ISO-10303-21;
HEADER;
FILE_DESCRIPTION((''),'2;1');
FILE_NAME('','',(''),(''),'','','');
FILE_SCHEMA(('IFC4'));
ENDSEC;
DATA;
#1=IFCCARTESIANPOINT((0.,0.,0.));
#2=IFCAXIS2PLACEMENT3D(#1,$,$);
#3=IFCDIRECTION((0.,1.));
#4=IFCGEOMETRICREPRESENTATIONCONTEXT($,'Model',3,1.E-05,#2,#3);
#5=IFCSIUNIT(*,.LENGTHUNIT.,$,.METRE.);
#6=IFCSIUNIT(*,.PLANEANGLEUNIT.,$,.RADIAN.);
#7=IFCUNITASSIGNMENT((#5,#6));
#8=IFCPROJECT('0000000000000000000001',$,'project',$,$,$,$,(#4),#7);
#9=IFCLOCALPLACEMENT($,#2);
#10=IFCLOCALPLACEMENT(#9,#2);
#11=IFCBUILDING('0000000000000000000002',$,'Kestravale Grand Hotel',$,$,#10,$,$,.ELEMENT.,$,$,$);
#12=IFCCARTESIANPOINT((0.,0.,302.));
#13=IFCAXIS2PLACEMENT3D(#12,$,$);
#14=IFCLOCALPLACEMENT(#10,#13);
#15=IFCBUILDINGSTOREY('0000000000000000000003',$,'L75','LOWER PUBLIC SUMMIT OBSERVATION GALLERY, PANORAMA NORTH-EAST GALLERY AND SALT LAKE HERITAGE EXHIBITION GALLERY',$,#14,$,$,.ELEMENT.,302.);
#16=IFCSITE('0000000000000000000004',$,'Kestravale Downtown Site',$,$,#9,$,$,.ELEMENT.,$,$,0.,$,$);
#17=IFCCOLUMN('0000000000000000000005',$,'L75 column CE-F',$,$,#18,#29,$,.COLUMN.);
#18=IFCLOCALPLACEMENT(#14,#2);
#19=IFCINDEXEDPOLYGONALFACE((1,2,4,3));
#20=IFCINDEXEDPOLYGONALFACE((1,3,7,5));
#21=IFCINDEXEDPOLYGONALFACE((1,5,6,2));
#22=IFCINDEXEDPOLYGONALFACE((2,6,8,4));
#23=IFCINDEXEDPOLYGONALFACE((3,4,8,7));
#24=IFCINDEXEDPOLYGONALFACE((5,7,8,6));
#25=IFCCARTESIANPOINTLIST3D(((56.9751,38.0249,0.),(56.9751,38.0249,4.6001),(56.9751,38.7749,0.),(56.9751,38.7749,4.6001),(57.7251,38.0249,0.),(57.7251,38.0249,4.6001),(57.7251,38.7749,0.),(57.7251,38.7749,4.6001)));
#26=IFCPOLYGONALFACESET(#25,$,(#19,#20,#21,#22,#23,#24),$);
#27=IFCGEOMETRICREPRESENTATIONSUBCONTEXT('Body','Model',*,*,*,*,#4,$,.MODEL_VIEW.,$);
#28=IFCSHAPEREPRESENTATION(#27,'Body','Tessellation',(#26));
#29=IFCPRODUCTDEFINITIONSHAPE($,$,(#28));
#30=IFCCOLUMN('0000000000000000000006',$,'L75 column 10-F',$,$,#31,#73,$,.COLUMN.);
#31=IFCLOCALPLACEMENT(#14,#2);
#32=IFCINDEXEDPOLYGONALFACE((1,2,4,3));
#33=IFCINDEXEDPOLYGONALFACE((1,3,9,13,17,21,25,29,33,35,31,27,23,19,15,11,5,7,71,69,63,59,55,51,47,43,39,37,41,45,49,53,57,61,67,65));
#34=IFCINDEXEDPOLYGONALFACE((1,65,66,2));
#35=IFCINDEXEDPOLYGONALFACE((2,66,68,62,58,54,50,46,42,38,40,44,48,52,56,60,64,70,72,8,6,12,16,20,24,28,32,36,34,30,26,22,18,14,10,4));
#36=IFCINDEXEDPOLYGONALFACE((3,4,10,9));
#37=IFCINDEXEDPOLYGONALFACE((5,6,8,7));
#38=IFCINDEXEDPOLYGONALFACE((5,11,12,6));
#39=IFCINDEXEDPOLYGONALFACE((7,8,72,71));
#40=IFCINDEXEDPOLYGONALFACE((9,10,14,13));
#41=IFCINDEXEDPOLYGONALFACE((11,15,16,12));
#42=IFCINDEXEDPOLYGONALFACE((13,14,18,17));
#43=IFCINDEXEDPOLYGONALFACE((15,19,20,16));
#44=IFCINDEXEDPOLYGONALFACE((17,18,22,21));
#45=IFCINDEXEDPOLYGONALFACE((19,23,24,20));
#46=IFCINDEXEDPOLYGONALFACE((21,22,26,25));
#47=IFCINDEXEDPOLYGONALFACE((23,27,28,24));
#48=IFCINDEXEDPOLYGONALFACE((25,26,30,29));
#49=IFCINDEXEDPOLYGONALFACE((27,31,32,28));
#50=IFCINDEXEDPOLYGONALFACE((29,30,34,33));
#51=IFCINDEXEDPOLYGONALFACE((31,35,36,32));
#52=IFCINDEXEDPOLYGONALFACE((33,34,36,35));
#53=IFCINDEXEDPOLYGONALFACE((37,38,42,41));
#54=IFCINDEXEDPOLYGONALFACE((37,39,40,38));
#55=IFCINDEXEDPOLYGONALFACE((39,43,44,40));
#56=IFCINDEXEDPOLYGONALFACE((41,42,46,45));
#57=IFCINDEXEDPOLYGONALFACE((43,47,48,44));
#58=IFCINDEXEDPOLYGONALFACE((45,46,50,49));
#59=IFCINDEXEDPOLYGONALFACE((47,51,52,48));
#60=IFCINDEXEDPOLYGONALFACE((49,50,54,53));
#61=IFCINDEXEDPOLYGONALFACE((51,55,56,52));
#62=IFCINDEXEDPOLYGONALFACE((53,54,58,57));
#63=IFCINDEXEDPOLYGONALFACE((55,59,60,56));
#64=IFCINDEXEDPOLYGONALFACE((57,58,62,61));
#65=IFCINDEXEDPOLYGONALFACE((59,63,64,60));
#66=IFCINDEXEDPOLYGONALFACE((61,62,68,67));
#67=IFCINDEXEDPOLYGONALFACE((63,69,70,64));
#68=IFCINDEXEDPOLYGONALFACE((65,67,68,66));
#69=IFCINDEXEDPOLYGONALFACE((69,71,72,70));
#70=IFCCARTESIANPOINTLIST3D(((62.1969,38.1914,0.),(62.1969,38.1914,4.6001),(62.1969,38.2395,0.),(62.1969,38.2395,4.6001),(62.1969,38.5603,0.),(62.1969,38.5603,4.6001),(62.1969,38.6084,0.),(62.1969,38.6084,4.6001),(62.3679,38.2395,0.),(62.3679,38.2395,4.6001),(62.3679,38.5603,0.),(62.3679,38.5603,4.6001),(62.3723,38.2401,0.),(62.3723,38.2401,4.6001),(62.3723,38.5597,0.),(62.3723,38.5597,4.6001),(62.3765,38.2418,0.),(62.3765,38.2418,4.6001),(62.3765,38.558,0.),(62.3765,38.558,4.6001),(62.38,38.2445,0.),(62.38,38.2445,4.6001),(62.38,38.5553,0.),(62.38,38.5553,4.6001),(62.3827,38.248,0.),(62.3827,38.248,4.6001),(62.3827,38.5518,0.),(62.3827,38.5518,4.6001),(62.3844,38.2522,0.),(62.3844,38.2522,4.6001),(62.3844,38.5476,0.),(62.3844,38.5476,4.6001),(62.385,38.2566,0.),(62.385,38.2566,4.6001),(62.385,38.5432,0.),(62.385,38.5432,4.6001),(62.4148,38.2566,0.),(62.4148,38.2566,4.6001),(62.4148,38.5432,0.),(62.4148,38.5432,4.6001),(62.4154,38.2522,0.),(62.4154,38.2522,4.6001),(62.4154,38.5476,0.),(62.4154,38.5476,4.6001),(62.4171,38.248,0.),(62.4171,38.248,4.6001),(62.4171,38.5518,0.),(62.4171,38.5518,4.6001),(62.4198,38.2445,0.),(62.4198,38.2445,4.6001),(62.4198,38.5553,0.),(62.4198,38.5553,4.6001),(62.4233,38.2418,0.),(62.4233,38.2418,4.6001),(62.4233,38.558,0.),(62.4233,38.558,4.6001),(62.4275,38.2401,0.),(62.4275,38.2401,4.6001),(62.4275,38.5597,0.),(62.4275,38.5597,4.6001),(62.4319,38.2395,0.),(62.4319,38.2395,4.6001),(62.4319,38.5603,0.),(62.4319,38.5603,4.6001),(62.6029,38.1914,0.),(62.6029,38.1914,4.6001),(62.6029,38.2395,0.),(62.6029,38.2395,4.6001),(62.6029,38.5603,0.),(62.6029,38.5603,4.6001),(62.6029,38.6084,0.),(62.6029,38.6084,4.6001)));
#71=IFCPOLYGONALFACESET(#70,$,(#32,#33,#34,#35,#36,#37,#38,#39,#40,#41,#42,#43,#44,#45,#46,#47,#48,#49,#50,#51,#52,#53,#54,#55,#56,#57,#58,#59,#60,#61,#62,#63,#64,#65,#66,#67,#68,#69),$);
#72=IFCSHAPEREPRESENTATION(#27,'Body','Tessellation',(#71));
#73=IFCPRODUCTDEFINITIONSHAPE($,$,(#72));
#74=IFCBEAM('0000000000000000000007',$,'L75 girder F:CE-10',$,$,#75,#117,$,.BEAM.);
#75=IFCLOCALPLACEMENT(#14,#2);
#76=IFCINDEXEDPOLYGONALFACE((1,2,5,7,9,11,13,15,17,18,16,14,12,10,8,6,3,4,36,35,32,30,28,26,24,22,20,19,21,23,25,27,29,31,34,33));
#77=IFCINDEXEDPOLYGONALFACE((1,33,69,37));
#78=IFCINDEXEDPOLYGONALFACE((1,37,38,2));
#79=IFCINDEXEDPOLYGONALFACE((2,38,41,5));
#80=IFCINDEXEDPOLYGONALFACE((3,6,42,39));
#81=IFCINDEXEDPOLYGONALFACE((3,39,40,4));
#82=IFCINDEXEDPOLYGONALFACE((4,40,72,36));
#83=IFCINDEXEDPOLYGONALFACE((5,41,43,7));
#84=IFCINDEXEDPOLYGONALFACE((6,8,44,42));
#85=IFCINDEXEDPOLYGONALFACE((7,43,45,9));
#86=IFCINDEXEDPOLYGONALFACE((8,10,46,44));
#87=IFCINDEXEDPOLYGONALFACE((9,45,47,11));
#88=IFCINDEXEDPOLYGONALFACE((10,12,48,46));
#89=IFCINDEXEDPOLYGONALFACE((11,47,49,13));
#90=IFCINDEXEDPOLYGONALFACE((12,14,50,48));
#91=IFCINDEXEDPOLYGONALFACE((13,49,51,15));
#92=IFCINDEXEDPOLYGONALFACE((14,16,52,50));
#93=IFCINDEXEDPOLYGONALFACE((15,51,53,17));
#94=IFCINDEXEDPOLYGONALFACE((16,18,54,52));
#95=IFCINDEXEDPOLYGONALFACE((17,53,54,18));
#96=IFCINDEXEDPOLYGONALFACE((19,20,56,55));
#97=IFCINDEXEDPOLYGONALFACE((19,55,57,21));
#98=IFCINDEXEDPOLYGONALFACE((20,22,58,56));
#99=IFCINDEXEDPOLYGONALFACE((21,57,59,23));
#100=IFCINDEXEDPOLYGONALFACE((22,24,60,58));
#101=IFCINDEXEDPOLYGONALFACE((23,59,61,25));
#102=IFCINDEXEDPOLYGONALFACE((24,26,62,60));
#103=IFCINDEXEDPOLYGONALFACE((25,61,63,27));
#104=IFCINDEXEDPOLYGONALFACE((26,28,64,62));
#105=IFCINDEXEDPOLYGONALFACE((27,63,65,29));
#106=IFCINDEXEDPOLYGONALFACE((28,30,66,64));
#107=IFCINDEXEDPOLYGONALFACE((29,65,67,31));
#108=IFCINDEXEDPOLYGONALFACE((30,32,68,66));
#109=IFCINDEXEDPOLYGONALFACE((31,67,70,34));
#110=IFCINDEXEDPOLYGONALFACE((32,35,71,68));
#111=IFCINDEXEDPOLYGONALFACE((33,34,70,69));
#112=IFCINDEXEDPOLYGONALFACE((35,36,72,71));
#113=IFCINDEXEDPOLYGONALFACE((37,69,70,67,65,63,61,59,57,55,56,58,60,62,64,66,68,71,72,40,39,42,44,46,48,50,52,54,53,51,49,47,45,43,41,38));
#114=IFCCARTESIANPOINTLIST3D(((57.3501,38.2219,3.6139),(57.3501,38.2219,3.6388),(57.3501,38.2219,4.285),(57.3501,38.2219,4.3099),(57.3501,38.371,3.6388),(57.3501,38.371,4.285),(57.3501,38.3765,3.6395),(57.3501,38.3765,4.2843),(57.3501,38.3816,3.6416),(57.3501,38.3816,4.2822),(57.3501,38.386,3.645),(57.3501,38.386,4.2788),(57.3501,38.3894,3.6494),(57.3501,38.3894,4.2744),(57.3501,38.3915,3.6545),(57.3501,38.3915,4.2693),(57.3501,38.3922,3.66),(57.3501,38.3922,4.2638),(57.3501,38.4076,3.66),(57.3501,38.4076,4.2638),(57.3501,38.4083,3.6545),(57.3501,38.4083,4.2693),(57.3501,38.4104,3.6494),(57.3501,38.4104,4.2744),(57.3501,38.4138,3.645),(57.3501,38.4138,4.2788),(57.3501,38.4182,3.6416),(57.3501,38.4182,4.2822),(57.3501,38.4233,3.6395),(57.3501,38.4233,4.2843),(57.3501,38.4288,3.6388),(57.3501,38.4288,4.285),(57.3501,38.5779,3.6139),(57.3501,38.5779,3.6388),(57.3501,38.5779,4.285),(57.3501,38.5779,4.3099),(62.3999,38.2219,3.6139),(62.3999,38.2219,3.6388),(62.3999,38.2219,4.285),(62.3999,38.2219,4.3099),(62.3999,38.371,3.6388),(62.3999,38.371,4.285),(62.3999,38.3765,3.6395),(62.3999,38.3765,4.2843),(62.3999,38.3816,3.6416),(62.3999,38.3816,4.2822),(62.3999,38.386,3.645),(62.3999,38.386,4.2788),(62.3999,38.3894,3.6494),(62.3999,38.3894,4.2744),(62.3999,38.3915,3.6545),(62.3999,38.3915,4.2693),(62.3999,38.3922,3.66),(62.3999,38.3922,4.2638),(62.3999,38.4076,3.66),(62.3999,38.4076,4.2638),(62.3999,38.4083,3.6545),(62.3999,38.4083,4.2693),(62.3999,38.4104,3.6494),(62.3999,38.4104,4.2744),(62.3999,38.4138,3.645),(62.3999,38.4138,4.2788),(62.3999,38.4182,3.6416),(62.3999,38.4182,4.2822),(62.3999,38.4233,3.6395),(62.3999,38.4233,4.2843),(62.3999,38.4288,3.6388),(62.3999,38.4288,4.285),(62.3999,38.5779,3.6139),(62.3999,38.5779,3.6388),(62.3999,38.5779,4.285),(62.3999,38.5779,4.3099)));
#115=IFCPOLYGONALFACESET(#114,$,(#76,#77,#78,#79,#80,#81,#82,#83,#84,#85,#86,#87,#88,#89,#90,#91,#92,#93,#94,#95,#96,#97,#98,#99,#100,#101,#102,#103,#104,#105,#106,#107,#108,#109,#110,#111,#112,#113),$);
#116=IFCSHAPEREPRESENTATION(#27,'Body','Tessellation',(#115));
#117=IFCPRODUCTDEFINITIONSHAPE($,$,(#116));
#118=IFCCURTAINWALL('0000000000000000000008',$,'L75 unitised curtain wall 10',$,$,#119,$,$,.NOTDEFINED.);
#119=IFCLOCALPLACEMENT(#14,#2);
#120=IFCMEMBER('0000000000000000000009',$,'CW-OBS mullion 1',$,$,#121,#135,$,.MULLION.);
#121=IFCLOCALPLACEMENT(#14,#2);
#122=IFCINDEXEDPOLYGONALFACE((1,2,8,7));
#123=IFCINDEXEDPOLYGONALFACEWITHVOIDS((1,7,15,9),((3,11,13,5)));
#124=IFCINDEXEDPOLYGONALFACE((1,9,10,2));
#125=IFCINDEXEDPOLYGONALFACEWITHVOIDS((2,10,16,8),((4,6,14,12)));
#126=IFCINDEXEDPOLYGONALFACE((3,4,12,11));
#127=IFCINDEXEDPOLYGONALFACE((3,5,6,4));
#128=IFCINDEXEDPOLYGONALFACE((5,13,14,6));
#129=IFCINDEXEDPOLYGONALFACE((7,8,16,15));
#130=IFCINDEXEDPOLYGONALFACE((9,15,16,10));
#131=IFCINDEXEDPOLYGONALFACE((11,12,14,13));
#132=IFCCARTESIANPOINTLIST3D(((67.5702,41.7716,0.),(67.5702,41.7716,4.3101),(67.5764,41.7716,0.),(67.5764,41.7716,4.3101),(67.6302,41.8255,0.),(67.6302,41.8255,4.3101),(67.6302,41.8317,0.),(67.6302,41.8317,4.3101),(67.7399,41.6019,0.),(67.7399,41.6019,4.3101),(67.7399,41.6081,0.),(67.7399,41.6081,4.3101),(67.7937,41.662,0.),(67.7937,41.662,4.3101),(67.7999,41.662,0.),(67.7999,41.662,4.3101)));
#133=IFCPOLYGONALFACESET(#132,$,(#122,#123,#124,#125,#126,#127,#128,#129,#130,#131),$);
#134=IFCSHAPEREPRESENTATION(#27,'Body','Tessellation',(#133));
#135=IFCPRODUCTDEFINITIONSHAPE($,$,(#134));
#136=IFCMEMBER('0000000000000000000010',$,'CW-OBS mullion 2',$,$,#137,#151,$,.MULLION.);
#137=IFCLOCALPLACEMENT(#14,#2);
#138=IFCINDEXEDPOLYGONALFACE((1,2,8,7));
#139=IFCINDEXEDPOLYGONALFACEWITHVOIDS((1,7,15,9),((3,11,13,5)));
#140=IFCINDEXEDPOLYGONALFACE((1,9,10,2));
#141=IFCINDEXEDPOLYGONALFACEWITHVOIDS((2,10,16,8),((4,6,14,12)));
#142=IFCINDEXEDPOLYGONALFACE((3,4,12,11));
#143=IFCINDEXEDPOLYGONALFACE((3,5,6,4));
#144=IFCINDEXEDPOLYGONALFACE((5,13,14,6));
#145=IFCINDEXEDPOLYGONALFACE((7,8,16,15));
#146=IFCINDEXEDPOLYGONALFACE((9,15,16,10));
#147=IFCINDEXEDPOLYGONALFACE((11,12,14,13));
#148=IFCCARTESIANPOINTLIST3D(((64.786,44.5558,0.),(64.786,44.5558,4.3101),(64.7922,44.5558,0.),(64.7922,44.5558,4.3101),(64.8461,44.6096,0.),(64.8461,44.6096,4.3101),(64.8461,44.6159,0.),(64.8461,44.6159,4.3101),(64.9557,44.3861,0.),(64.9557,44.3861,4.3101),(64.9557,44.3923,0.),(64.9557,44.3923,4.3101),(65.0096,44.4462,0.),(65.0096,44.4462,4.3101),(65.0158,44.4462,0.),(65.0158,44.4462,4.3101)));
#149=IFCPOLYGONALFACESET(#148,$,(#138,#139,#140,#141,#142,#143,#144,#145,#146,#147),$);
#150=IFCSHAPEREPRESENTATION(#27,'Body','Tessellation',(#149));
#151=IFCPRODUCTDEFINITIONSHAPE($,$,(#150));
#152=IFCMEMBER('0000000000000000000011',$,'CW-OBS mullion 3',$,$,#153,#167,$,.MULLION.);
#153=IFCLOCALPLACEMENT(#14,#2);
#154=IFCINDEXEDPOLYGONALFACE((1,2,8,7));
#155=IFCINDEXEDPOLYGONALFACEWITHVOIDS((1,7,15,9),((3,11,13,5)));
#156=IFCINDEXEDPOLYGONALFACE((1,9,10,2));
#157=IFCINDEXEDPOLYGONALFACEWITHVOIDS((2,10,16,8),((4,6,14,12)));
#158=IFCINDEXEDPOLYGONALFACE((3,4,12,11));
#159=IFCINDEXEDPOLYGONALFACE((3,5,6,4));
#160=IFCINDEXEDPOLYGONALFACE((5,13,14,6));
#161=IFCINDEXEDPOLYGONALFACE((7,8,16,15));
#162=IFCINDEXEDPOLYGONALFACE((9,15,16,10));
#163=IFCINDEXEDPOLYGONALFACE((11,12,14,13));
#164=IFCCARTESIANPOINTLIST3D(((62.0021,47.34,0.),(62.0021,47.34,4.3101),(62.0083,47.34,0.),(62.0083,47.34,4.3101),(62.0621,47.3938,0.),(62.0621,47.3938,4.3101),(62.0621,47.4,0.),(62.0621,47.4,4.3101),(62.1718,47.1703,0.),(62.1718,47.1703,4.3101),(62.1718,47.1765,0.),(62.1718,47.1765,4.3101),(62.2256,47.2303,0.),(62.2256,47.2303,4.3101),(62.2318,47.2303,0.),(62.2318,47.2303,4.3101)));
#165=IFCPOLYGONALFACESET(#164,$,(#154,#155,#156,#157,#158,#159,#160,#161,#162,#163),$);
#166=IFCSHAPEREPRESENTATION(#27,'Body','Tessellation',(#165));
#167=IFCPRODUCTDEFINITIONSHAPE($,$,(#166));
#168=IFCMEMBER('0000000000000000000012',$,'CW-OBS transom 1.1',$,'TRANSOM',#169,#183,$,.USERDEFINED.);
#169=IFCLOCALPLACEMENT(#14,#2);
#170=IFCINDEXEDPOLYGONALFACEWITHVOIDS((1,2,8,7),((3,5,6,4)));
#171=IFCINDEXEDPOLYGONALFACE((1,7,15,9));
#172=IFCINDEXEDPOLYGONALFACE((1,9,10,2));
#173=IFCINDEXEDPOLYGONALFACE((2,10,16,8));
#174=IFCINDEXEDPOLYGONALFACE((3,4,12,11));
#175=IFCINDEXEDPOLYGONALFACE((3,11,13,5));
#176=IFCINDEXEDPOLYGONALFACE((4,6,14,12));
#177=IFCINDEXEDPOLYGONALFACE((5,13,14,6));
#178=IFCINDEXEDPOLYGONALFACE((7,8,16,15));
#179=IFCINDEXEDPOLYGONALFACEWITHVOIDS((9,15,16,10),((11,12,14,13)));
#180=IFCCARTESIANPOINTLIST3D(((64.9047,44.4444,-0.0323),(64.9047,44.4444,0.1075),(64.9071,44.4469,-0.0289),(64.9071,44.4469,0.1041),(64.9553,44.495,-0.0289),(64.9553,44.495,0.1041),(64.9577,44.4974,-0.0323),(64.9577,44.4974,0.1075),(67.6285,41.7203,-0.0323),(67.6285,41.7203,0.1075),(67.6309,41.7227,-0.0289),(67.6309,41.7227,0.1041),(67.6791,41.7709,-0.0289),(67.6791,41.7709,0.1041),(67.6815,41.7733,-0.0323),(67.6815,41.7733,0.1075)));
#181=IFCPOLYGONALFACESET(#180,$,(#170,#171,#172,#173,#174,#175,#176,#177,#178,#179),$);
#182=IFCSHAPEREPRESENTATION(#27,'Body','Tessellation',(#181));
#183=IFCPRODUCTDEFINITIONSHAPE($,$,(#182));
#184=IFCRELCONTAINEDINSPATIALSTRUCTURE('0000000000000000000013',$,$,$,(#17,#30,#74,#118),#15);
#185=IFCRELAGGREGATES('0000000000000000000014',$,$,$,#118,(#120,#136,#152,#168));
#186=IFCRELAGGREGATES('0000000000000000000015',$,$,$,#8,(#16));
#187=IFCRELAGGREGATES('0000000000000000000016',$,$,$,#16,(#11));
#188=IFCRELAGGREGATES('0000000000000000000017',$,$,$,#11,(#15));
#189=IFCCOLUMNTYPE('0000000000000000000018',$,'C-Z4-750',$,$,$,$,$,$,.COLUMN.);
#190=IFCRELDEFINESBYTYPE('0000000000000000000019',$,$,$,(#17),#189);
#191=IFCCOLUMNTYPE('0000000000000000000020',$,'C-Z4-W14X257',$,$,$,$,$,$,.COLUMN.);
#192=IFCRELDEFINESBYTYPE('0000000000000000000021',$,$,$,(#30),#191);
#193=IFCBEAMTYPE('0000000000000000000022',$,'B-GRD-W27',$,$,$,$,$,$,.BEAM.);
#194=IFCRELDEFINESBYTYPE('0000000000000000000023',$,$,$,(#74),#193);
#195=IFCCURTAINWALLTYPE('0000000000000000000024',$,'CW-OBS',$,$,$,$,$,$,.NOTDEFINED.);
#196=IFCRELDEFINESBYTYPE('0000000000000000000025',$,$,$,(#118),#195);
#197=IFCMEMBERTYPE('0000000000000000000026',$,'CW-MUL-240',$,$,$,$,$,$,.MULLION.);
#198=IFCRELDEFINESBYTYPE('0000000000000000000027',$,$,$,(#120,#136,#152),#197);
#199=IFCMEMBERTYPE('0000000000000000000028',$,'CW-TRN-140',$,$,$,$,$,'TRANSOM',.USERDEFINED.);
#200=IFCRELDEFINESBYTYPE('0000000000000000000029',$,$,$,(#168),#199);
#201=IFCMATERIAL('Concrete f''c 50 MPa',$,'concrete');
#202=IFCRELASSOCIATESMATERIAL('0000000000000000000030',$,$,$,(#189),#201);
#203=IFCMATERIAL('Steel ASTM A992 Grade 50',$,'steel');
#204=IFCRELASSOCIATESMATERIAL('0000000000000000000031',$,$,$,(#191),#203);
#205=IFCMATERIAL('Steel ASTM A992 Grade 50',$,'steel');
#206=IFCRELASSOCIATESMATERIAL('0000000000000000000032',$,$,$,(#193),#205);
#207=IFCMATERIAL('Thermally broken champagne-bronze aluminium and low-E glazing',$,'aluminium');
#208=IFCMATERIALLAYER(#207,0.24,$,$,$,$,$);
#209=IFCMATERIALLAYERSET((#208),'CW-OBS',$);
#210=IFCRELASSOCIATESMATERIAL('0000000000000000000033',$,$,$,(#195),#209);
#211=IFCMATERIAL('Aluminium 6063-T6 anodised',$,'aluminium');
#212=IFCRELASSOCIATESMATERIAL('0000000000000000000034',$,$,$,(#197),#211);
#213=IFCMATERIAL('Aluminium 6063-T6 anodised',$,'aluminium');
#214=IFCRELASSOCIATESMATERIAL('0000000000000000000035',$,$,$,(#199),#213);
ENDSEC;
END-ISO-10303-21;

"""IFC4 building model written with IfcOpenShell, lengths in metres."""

from ifc_helpers import new_model, si_unit, direction, frame, origin, origin_2d, place, context, subcontext, project, spatial, rectangle, hollow_rectangle, i_section, extrude, material, layer, layer_set, material_profile, profile_set, type_object, element, aggregate, save


model = new_model("IFC4")

# Units and contexts
model_context = context("Model", 3, precision=1e-05, world=origin(), true_north=direction((0.0, 1.0)))
body_context = subcontext(model_context, "Body", "Model", "MODEL_VIEW")
ifc_project = project(units=[si_unit("LENGTHUNIT", "METRE"), si_unit("PLANEANGLEUNIT", "RADIAN")], contexts=[model_context])

# Site, building, storey
site_placement = place(None, origin())
site = spatial("IfcSite", under=ifc_project, at=site_placement, Name="Kestravale Downtown Site", CompositionType="ELEMENT", RefElevation=0.0)
building_placement = place(site_placement, origin())
building = spatial("IfcBuilding", under=site, at=building_placement, Name="Kestravale Grand Hotel", CompositionType="ELEMENT")
storey_placement = place(building_placement, frame((0.0, 0.0, 302.0)))
storey = spatial("IfcBuildingStorey", under=building, at=storey_placement, Name="L75", Description="LOWER PUBLIC SUMMIT OBSERVATION GALLERY, PANORAMA NORTH-EAST GALLERY AND SALT LAKE HERITAGE EXHIBITION GALLERY", CompositionType="ELEMENT", Elevation=302.0)

# Columns
ifc_material_1 = material(Name="Concrete f'c 50 MPa", Category="concrete")
ifc_material_profile_1 = material_profile(ifc_material_1, rectangle(XDim=0.75, YDim=0.75, at=origin_2d()))
ifc_profile_set_1 = profile_set([ifc_material_profile_1], Name="Concrete f'c 50 MPa")
column_type_1 = type_object("IfcColumnType", Name="C-Z4-750", PredefinedType="COLUMN", material=ifc_profile_set_1)
column_1_placement = place(storey_placement, frame((57.3501, 38.3999, 0.0), z_axis=(0.0, 0.0, 1.0), x_axis=(1.0, 0.0, 0.0)))
element("IfcColumn", 1, at=column_1_placement, inside=storey, type_object=column_type_1, Name="L75 column CE-F", PredefinedType="COLUMN", context=body_context, shape_type="SweptSolid", body=[
    extrude(rectangle(XDim=0.75, YDim=0.75, at=origin_2d()), origin(), (0.0, 0.0, 1.0), 4.6001),
])
ifc_material_2 = material(Name="Steel ASTM A992 Grade 50", Category="steel")
ifc_material_profile_2 = material_profile(ifc_material_2, i_section(OverallWidth=0.406, OverallDepth=0.417, WebThickness=0.0298, FlangeThickness=0.0481, FilletRadius=0.0171, at=origin_2d()))
ifc_profile_set_2 = profile_set([ifc_material_profile_2], Name="Steel ASTM A992 Grade 50")
column_type_2 = type_object("IfcColumnType", Name="C-Z4-W14X257", PredefinedType="COLUMN", material=ifc_profile_set_2)
column_2_placement = place(storey_placement, frame((62.3999, 38.3999, 0.0), z_axis=(0.0, 0.0, 1.0), x_axis=(1.0, 0.0, 0.0)))
element("IfcColumn", 2, at=column_2_placement, inside=storey, type_object=column_type_2, Name="L75 column 10-F", PredefinedType="COLUMN", context=body_context, shape_type="SweptSolid", body=[
    extrude(i_section(OverallWidth=0.406, OverallDepth=0.417, WebThickness=0.0298, FlangeThickness=0.0481, FilletRadius=0.0171, at=origin_2d()), origin(), (0.0, 0.0, 1.0), 4.6001),
])

# Beam
ifc_material_3 = material(Name="Steel ASTM A992 Grade 50", Category="steel")
ifc_material_profile_3 = material_profile(ifc_material_3, i_section(OverallWidth=0.356, OverallDepth=0.696, WebThickness=0.0154, FlangeThickness=0.0249, FilletRadius=0.0212, at=origin_2d()))
ifc_profile_set_3 = profile_set([ifc_material_profile_3], Name="Steel ASTM A992 Grade 50")
beam_type = type_object("IfcBeamType", Name="B-GRD-W27", PredefinedType="BEAM", material=ifc_profile_set_3)
beam_placement = place(storey_placement, frame((57.3501, 38.3999, 3.9619), z_axis=(1.0, 0.0, 0.0), x_axis=(0.0, 1.0, 0.0)))
element("IfcBeam", 3, at=beam_placement, inside=storey, type_object=beam_type, Name="L75 girder F:CE-10", PredefinedType="BEAM", context=body_context, shape_type="SweptSolid", body=[
    extrude(i_section(OverallWidth=0.356, OverallDepth=0.696, WebThickness=0.0154, FlangeThickness=0.0249, FilletRadius=0.0212, at=origin_2d()), origin(), (0.0, 0.0, 1.0), 5.0498),
])

# Curtain wall, members
ifc_material_4 = material(Name="Thermally broken champagne-bronze aluminium and low-E glazing", Category="aluminium")
ifc_layer_1 = layer(ifc_material_4, 0.24)
ifc_layer_set_1 = layer_set([ifc_layer_1], Name="CW-OBS")
curtain_wall_type = type_object("IfcCurtainWallType", Name="CW-OBS", PredefinedType="NOTDEFINED", material=ifc_layer_set_1)
curtain_wall_placement = place(storey_placement, origin())
curtain_wall = element("IfcCurtainWall", 4, at=curtain_wall_placement, inside=storey, type_object=curtain_wall_type, Name="L75 unitised curtain wall 10", PredefinedType="NOTDEFINED")
ifc_material_5 = material(Name="Aluminium 6063-T6 anodised", Category="aluminium")
ifc_material_profile_4 = material_profile(ifc_material_5, hollow_rectangle(XDim=0.085, YDim=0.24, WallThickness=0.0044, at=origin_2d()))
ifc_profile_set_4 = profile_set([ifc_material_profile_4], Name="Aluminium 6063-T6 anodised")
member_type_1 = type_object("IfcMemberType", Name="CW-MUL-240", PredefinedType="MULLION", material=ifc_profile_set_4)
member_1_placement = place(storey_placement, frame((67.6851, 41.7168, 0.0), z_axis=(0.0, 0.0, 1.0), x_axis=(-0.707107, -0.707107, 0.0)))
member_1 = element("IfcMember", 5, at=member_1_placement, type_object=member_type_1, Name="CW-OBS mullion 1", PredefinedType="MULLION", context=body_context, shape_type="SweptSolid", body=[
    extrude(hollow_rectangle(XDim=0.085, YDim=0.24, WallThickness=0.0044, at=origin_2d()), origin(), (0.0, 0.0, 1.0), 4.3101),
])
member_2_placement = place(storey_placement, frame((64.9009, 44.501, 0.0), z_axis=(0.0, 0.0, 1.0), x_axis=(-0.707107, -0.707107, 0.0)))
member_2 = element("IfcMember", 6, at=member_2_placement, type_object=member_type_1, Name="CW-OBS mullion 2", PredefinedType="MULLION", context=body_context, shape_type="SweptSolid", body=[
    extrude(hollow_rectangle(XDim=0.085, YDim=0.24, WallThickness=0.0044, at=origin_2d()), origin(), (0.0, 0.0, 1.0), 4.3101),
])
member_3_placement = place(storey_placement, frame((62.1169, 47.2852, 0.0), z_axis=(0.0, 0.0, 1.0), x_axis=(-0.707107, -0.707107, 0.0)))
member_3 = element("IfcMember", 7, at=member_3_placement, type_object=member_type_1, Name="CW-OBS mullion 3", PredefinedType="MULLION", context=body_context, shape_type="SweptSolid", body=[
    extrude(hollow_rectangle(XDim=0.085, YDim=0.24, WallThickness=0.0044, at=origin_2d()), origin(), (0.0, 0.0, 1.0), 4.3101),
])
ifc_material_6 = material(Name="Aluminium 6063-T6 anodised", Category="aluminium")
ifc_material_profile_5 = material_profile(ifc_material_6, hollow_rectangle(XDim=0.075, YDim=0.1399, WallThickness=0.0034, at=origin_2d()))
ifc_profile_set_5 = profile_set([ifc_material_profile_5], Name="Aluminium 6063-T6 anodised")
member_type_2 = type_object("IfcMemberType", Name="CW-TRN-140", ElementType="TRANSOM", PredefinedType="USERDEFINED", material=ifc_profile_set_5)
member_4_placement = place(storey_placement, frame((67.655, 41.7468, 0.0376), z_axis=(-0.707075, 0.707138, 0.0), x_axis=(-0.707138, -0.707075, 0.0)))
member_4 = element("IfcMember", 8, at=member_4_placement, type_object=member_type_2, Name="CW-OBS transom 1.1", ObjectType="TRANSOM", PredefinedType="USERDEFINED", context=body_context, shape_type="SweptSolid", body=[
    extrude(hollow_rectangle(XDim=0.075, YDim=0.1399, WallThickness=0.0034, at=origin_2d()), origin(), (0.0, 0.0, 1.0), 3.8523),
])
aggregate(curtain_wall, [member_1, member_2, member_3, member_4])

save(model, "model.ifc")
